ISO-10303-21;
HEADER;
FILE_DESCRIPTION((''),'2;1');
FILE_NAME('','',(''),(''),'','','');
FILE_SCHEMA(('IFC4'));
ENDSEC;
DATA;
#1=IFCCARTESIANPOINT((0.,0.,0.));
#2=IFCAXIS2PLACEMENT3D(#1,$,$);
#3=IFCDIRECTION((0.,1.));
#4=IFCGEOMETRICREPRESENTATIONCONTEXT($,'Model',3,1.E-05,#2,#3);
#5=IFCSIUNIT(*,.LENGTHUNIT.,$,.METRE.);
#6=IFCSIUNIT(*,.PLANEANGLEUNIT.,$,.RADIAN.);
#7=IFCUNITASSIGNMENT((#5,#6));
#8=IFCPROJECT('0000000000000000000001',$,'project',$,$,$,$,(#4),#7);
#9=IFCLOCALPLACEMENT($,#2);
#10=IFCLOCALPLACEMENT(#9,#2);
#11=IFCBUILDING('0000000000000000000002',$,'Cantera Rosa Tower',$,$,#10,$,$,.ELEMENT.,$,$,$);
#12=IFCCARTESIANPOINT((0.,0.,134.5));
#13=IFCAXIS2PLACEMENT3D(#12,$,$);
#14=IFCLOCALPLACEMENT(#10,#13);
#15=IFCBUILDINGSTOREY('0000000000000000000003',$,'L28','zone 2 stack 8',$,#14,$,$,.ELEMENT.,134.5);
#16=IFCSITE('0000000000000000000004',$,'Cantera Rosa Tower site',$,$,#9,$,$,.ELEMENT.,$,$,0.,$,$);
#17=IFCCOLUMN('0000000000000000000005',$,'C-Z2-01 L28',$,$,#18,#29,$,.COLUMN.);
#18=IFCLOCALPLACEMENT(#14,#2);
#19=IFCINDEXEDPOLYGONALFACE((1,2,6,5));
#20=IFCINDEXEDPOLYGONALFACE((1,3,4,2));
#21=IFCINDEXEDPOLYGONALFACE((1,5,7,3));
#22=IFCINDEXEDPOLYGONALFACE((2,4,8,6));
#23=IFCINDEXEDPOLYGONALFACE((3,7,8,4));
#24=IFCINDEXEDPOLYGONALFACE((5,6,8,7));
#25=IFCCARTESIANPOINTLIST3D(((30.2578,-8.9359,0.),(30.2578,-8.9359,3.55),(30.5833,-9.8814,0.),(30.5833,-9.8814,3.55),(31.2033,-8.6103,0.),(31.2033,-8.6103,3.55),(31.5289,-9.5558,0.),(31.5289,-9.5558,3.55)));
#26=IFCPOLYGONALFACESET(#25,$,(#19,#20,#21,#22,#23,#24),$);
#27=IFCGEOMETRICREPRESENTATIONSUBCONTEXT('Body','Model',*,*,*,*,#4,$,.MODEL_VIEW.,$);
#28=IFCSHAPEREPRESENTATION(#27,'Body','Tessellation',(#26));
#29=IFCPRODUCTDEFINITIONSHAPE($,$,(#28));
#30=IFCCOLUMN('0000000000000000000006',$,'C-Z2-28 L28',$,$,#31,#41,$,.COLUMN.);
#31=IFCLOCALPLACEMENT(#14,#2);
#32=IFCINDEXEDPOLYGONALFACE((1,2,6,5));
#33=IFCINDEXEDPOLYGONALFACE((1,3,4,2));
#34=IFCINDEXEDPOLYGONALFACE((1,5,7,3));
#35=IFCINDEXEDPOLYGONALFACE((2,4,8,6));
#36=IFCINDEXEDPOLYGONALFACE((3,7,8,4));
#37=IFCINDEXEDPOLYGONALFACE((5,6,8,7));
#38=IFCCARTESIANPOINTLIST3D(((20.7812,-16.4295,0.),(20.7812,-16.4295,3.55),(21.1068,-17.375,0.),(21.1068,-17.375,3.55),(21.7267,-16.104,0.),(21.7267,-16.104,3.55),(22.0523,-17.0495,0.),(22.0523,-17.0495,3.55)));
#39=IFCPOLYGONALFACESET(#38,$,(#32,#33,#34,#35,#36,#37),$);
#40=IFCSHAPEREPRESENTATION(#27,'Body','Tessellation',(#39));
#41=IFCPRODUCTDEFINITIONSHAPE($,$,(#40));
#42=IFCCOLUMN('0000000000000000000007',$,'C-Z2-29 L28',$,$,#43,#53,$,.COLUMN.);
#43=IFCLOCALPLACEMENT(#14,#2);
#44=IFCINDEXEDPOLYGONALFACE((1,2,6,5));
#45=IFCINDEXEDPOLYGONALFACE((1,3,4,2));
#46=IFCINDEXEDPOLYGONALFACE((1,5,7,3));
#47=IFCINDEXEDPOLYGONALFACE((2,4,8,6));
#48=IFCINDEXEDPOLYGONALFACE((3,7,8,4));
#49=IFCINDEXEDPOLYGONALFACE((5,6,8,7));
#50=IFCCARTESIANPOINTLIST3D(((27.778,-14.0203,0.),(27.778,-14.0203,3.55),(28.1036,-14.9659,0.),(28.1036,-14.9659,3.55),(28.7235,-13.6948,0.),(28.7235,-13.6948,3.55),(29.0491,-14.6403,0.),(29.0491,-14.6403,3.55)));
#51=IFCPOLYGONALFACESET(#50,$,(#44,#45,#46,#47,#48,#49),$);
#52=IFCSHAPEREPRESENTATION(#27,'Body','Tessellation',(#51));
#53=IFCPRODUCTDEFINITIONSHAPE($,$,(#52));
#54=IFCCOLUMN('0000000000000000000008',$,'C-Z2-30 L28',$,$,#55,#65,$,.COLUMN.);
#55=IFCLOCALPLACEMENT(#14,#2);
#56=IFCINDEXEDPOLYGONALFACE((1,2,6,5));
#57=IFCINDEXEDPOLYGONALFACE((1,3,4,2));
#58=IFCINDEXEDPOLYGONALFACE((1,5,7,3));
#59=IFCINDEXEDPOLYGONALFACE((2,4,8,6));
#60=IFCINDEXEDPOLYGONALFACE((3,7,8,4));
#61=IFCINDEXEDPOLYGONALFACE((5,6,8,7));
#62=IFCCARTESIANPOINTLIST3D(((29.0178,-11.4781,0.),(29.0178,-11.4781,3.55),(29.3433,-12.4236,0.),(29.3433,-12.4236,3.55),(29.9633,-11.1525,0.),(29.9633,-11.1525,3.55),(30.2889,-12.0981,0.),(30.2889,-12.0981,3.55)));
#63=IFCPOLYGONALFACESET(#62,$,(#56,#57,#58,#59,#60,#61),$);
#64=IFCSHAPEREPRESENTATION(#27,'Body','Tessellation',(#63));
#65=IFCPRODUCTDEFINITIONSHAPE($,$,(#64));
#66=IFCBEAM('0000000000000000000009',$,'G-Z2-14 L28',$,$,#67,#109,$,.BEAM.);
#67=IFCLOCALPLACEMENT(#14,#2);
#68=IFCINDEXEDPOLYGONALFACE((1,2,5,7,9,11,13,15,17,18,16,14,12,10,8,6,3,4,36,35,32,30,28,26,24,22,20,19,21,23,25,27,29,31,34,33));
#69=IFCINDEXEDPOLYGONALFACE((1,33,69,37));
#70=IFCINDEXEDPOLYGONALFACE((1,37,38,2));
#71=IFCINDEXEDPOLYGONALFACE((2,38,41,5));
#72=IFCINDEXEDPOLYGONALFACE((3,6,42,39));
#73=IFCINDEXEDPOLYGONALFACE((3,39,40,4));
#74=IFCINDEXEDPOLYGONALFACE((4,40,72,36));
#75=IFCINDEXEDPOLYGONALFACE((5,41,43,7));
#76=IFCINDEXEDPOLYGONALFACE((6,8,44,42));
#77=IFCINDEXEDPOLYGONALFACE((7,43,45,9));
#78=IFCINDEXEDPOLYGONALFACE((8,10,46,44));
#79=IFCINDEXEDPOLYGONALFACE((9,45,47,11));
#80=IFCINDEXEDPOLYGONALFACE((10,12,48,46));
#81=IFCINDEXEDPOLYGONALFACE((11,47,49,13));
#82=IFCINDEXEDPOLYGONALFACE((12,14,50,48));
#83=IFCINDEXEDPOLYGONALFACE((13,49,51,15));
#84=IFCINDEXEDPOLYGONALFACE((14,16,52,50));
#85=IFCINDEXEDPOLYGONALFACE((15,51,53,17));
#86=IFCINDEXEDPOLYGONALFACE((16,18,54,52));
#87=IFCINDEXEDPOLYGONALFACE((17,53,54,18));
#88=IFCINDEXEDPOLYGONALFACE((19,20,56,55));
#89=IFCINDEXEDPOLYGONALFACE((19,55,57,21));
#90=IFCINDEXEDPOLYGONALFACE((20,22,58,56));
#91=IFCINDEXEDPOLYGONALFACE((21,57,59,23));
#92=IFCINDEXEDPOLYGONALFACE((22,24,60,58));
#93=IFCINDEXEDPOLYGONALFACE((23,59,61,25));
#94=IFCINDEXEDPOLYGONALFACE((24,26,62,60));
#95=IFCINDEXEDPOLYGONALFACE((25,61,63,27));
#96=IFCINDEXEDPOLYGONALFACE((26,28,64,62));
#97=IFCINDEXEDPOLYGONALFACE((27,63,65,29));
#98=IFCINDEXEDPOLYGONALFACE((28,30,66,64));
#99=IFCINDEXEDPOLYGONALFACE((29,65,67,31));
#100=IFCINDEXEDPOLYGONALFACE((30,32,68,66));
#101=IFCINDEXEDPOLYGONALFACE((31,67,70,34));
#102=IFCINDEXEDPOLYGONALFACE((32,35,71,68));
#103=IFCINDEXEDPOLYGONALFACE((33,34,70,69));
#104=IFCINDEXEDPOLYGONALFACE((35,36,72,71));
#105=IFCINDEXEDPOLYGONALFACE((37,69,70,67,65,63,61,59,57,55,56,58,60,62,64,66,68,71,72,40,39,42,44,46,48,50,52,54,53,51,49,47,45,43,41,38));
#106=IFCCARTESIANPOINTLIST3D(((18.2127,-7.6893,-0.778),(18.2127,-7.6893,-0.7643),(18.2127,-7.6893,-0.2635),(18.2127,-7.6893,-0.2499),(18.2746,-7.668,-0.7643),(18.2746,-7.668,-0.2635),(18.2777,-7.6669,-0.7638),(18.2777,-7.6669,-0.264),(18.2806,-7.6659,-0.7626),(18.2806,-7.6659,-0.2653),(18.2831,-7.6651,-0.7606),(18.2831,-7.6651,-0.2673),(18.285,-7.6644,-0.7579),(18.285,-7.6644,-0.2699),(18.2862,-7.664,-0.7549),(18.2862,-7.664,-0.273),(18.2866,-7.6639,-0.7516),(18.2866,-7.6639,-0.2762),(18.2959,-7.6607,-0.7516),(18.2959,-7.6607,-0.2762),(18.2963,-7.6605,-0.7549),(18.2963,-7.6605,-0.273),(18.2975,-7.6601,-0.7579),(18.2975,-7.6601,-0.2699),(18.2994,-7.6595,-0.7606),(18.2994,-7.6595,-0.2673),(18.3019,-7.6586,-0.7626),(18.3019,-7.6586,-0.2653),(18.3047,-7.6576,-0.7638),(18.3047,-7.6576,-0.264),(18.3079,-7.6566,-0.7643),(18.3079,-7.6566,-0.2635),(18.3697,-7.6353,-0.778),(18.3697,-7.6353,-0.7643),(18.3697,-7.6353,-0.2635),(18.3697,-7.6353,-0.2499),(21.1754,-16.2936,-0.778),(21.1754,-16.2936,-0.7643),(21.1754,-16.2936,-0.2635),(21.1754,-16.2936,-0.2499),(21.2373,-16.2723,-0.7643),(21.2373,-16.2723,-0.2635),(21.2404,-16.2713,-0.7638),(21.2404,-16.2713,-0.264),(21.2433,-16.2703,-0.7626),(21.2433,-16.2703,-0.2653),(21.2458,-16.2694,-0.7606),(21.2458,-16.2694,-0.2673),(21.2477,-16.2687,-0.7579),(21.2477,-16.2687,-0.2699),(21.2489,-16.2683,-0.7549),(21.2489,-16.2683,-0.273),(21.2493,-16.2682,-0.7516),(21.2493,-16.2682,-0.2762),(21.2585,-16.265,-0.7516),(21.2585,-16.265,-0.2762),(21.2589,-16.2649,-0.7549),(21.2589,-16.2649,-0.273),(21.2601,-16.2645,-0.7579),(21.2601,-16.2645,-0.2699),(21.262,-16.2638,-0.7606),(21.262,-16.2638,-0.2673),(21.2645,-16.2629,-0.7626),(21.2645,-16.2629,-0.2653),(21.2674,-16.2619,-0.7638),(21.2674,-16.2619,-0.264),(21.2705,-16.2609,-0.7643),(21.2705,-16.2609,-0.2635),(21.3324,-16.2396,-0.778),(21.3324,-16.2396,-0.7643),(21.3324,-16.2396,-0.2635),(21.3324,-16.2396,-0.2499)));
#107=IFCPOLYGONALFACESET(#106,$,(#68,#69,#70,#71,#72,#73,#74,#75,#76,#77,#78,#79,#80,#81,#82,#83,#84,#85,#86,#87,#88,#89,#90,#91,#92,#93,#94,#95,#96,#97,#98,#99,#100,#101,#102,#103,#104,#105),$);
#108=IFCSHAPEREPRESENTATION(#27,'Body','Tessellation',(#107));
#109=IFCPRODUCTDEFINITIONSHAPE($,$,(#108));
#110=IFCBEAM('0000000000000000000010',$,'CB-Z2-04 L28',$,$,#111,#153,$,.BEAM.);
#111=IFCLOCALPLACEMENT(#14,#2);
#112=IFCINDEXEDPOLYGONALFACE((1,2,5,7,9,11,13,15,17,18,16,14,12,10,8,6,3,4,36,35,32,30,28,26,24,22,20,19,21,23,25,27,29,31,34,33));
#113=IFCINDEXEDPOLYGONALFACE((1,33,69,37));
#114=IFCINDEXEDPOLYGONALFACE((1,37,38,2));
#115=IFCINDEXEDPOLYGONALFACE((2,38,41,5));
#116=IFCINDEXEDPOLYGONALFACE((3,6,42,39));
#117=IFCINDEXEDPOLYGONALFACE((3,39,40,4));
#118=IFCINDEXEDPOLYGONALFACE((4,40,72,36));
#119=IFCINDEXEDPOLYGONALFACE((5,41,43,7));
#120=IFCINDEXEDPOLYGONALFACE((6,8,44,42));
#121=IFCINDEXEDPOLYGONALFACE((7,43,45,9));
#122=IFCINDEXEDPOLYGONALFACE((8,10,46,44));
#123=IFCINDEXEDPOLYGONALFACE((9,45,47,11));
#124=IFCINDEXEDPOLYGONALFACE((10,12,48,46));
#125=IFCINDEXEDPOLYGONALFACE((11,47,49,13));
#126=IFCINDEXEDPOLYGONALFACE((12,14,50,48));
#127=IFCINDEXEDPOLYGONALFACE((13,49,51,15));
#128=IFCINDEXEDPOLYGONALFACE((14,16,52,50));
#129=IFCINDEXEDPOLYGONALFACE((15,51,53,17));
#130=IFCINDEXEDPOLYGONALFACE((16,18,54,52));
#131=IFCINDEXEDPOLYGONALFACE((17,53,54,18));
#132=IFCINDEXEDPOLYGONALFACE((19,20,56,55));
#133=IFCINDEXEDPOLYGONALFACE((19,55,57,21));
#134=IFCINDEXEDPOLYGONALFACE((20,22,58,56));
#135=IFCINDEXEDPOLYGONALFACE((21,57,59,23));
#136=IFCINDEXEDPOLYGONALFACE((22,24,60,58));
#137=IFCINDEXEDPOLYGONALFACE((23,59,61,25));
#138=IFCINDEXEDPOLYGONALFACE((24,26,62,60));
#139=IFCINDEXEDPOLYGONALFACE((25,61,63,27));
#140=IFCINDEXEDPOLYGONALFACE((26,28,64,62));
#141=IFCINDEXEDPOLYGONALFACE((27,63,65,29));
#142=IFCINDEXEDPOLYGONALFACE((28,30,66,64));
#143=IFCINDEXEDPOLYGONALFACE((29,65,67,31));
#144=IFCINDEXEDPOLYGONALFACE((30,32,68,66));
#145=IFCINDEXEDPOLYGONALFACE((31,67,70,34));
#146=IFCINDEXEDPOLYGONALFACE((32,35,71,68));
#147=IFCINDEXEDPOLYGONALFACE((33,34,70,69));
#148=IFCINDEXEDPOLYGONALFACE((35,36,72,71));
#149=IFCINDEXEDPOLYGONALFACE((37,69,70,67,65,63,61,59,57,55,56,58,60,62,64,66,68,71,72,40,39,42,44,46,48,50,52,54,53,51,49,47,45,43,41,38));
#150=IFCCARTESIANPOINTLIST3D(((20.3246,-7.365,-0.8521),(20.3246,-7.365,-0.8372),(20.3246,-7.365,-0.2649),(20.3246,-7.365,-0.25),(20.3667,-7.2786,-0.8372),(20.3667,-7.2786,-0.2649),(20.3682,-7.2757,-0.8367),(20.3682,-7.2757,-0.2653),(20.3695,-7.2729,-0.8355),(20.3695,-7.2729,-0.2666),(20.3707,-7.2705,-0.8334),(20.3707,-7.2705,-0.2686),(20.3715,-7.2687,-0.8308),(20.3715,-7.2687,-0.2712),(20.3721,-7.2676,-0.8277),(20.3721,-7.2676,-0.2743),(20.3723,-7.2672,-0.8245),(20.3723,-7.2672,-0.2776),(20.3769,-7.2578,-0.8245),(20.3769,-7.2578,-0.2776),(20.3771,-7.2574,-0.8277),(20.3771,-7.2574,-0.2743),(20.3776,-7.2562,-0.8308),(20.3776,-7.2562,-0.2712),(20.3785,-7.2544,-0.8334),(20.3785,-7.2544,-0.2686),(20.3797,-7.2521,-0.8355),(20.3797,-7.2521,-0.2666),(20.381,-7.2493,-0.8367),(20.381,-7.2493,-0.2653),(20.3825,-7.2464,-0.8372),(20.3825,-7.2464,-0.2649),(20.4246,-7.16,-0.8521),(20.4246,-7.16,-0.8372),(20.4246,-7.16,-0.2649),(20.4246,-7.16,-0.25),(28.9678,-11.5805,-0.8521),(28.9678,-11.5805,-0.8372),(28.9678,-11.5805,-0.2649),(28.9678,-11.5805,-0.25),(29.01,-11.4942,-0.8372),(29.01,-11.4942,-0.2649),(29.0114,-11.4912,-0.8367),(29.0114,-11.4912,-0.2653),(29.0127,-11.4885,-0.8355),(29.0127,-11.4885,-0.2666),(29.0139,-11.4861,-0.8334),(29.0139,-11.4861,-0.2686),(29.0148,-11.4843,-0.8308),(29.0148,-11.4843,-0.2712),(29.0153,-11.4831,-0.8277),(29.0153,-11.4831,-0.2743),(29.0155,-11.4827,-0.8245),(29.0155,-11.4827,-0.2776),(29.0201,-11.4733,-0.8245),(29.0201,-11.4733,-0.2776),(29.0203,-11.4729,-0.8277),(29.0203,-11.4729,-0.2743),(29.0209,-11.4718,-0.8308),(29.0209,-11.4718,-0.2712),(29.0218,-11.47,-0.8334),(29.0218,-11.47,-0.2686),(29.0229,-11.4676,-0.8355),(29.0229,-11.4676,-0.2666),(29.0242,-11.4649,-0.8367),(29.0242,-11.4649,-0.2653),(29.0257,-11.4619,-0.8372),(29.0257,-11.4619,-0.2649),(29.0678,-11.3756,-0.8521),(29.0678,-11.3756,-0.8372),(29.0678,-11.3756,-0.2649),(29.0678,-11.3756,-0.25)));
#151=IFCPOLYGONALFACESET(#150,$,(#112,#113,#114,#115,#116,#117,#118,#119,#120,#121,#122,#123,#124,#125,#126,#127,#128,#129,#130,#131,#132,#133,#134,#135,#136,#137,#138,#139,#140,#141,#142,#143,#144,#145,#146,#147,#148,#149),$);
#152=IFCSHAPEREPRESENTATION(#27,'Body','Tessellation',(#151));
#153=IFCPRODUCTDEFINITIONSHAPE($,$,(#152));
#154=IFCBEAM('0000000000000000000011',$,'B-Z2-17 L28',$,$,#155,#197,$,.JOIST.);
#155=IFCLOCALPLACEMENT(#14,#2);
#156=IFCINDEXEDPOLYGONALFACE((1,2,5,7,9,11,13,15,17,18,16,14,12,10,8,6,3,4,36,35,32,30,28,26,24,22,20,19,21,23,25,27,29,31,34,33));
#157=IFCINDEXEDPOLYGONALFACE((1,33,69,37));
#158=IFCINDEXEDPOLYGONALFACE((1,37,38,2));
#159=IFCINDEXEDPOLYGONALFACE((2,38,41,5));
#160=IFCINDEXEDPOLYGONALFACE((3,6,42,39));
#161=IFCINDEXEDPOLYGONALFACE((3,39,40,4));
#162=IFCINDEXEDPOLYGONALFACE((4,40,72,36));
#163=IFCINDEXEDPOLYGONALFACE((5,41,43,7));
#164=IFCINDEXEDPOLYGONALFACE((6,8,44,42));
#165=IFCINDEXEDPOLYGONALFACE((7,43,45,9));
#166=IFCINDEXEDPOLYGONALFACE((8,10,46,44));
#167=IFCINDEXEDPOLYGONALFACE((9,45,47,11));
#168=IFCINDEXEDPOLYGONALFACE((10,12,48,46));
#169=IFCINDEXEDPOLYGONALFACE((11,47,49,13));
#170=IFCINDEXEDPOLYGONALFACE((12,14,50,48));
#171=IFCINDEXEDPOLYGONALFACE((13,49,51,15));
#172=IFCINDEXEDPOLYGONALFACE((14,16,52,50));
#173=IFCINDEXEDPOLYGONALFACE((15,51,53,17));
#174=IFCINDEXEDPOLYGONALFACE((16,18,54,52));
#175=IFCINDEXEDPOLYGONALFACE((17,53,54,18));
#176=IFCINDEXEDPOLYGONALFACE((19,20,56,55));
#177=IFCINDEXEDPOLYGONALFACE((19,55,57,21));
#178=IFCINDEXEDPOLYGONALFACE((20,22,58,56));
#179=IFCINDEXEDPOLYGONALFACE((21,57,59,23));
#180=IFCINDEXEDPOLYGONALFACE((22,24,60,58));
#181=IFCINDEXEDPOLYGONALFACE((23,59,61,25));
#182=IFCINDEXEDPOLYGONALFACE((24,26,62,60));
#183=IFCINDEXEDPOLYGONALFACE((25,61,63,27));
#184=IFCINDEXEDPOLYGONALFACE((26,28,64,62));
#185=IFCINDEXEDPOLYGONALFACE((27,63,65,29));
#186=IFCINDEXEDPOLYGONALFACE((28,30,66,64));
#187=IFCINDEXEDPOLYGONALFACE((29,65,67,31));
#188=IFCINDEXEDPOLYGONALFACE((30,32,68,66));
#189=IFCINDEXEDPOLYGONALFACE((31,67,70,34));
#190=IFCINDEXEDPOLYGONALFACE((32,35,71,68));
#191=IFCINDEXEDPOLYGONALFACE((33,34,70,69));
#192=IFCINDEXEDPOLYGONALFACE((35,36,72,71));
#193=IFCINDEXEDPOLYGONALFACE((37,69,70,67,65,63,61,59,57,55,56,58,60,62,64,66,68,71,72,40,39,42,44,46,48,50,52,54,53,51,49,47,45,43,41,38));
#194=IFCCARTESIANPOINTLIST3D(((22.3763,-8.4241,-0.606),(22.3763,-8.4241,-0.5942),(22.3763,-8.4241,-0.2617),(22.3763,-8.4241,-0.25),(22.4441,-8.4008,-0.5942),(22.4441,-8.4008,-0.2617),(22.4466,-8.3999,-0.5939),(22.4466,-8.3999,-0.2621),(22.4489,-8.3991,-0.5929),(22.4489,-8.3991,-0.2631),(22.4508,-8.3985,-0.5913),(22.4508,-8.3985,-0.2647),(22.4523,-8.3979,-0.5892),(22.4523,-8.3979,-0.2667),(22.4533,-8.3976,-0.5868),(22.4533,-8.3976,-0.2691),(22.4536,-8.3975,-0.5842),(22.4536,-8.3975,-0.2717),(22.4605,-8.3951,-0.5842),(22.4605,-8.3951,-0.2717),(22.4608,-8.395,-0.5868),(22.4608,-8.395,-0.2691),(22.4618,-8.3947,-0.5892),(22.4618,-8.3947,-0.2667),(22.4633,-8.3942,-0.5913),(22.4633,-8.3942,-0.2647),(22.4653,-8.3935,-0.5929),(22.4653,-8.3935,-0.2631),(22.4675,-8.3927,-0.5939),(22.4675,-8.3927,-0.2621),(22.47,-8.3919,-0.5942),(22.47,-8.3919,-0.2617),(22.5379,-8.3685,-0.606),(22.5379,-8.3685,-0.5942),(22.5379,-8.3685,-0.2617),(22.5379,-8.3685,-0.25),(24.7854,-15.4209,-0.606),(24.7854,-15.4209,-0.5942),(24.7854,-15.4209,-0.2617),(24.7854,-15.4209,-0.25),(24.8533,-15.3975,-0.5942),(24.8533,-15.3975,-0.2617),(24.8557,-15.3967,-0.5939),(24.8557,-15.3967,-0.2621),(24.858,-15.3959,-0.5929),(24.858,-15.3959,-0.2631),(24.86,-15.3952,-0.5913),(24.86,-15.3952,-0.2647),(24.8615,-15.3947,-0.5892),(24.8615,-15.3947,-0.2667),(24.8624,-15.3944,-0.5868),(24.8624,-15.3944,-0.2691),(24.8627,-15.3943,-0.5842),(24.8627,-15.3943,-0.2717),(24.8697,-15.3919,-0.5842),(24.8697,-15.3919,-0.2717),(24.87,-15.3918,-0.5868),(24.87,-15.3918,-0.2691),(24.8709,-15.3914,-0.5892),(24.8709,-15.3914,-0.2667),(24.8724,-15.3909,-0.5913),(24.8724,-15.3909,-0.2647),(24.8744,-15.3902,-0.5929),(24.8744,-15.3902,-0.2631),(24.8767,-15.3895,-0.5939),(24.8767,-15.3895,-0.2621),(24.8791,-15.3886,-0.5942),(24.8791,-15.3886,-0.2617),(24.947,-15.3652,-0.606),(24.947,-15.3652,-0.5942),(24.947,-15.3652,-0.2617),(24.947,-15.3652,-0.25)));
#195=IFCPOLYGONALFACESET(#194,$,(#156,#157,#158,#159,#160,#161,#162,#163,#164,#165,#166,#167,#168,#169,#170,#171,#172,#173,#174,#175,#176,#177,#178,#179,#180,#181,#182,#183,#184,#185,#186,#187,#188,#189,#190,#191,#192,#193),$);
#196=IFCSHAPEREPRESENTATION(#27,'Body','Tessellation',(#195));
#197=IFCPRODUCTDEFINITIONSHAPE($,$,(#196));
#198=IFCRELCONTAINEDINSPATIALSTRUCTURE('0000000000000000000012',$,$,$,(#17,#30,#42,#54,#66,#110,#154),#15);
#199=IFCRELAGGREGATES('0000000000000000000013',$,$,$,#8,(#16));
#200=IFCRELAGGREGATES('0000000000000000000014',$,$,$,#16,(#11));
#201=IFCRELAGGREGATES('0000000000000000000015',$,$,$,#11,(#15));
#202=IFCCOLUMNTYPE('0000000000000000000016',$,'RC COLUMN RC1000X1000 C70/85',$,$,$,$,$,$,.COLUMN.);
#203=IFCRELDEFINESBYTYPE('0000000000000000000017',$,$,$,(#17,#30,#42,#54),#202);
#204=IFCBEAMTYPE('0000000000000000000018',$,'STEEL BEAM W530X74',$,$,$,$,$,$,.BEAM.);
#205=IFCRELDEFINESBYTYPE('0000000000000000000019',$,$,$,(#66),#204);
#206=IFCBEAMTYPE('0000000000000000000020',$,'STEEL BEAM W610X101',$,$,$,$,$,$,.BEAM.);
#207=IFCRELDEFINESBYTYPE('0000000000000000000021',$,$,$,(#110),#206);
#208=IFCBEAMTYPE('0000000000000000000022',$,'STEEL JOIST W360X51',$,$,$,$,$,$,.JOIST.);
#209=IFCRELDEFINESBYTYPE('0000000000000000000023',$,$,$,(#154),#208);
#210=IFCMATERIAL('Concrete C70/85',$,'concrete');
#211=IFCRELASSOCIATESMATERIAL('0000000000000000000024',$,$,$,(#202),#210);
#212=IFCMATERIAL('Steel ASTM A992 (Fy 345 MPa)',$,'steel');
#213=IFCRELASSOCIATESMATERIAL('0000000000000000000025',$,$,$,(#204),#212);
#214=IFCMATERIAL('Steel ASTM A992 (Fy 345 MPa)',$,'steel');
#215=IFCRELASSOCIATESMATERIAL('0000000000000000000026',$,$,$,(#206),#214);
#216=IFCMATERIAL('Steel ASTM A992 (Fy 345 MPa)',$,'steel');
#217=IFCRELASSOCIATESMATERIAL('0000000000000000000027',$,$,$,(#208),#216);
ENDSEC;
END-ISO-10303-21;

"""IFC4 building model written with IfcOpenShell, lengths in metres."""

from ifc_helpers import new_model, si_unit, direction, frame, origin, origin_2d, place, context, subcontext, project, spatial, rectangle, i_section, extrude, material, material_profile, profile_set, type_object, element, save


model = new_model("IFC4")

# Units and contexts
model_context = context("Model", 3, precision=1e-05, world=origin(), true_north=direction((0.0, 1.0)))
body_context = subcontext(model_context, "Body", "Model", "MODEL_VIEW")
ifc_project = project(units=[si_unit("LENGTHUNIT", "METRE"), si_unit("PLANEANGLEUNIT", "RADIAN")], contexts=[model_context])

# Site, building, storey
site_placement = place(None, origin())
site = spatial("IfcSite", under=ifc_project, at=site_placement, Name="Cantera Rosa Tower site", CompositionType="ELEMENT", RefElevation=0.0)
building_placement = place(site_placement, origin())
building = spatial("IfcBuilding", under=site, at=building_placement, Name="Cantera Rosa Tower", CompositionType="ELEMENT")
storey_placement = place(building_placement, frame((0.0, 0.0, 134.5)))
storey = spatial("IfcBuildingStorey", under=building, at=storey_placement, Name="L28", Description="zone 2 stack 8", CompositionType="ELEMENT", Elevation=134.5)

# Columns
ifc_material_1 = material(Name="Concrete C70/85", Category="concrete")
ifc_material_profile_1 = material_profile(ifc_material_1, rectangle(XDim=1.0, YDim=1.0, at=origin_2d()), Name="RC COLUMN RC1000X1000 C70/85")
ifc_profile_set_1 = profile_set([ifc_material_profile_1], Name="Concrete C70/85")
column_type = type_object("IfcColumnType", Name="RC COLUMN RC1000X1000 C70/85", PredefinedType="COLUMN", material=ifc_profile_set_1)
for number, where, z_axis, x_axis, name in (
    (1, (30.8933, -9.2458, 0.0), (0.0, 0.0, 1.0), (0.945519, 0.325568, 0.0), "C-Z2-01 L28"),
    (2, (21.4167, -16.7395, 0.0), (0.0, 0.0, 1.0), (0.945519, 0.325568, 0.0), "C-Z2-28 L28"),
    (3, (28.4136, -14.3303, 0.0), (0.0, 0.0, 1.0), (0.945519, 0.325568, 0.0), "C-Z2-29 L28"),
    (4, (29.6533, -11.7881, 0.0), (0.0, 0.0, 1.0), (0.945519, 0.325568, 0.0), "C-Z2-30 L28"),
):
    element("IfcColumn", number, at=place(storey_placement, frame(where, z_axis=z_axis, x_axis=x_axis)), inside=storey, type_object=column_type, Name=name, PredefinedType="COLUMN", context=body_context, shape_type="SweptSolid", body=[
        extrude(rectangle(XDim=1.0, YDim=1.0, at=origin_2d()), origin(), (0.0, 0.0, 1.0), 3.55),
    ])

# Beams
ifc_material_2 = material(Name="Steel ASTM A992 (Fy 345 MPa)", Category="steel")
ifc_material_profile_2 = material_profile(ifc_material_2, i_section(OverallWidth=0.166, OverallDepth=0.5281, WebThickness=0.0098, FlangeThickness=0.0137, FilletRadius=0.0127, at=origin_2d()), Name="W530X74")
ifc_profile_set_2 = profile_set([ifc_material_profile_2], Name="Steel ASTM A992 (Fy 345 MPa)")
beam_type_1 = type_object("IfcBeamType", Name="STEEL BEAM W530X74", PredefinedType="BEAM", material=ifc_profile_set_2)
beam_1_placement = place(storey_placement, frame((21.2539, -16.2666, -0.5139), z_axis=(-0.325565, 0.94552, 0.0), x_axis=(-0.94552, -0.325565, 0.0)))
element("IfcBeam", 5, at=beam_1_placement, inside=storey, type_object=beam_type_1, Name="G-Z2-14 L28", PredefinedType="BEAM", context=body_context, shape_type="SweptSolid", body=[
    extrude(i_section(OverallWidth=0.166, OverallDepth=0.5281, WebThickness=0.0098, FlangeThickness=0.0137, FilletRadius=0.0127, at=origin_2d()), origin(), (0.0, 0.0, 1.0), 9.1001),
])
ifc_material_3 = material(Name="Steel ASTM A992 (Fy 345 MPa)", Category="steel")
ifc_material_profile_3 = material_profile(ifc_material_3, i_section(OverallWidth=0.228, OverallDepth=0.6021, WebThickness=0.0105, FlangeThickness=0.0149, FilletRadius=0.0127, at=origin_2d()), Name="W610X101")
ifc_profile_set_3 = profile_set([ifc_material_profile_3], Name="Steel ASTM A992 (Fy 345 MPa)")
beam_type_2 = type_object("IfcBeamType", Name="STEEL BEAM W610X101", PredefinedType="BEAM", material=ifc_profile_set_3)
beam_2_placement = place(storey_placement, frame((29.0178, -11.478, -0.551), z_axis=(-0.898796, 0.438367, 0.0), x_axis=(-0.438367, -0.898796, 0.0)))
element("IfcBeam", 6, at=beam_2_placement, inside=storey, type_object=beam_type_2, Name="CB-Z2-04 L28", PredefinedType="BEAM", context=body_context, shape_type="SweptSolid", body=[
    extrude(i_section(OverallWidth=0.228, OverallDepth=0.6021, WebThickness=0.0105, FlangeThickness=0.0149, FilletRadius=0.0127, at=origin_2d()), origin(), (0.0, 0.0, 1.0), 9.6165),
])
ifc_material_4 = material(Name="Steel ASTM A992 (Fy 345 MPa)", Category="steel")
ifc_material_profile_4 = material_profile(ifc_material_4, i_section(OverallWidth=0.1709, OverallDepth=0.356, WebThickness=0.0073, FlangeThickness=0.0117, FilletRadius=0.01, at=origin_2d()), Name="W360X51")
ifc_profile_set_4 = profile_set([ifc_material_profile_4], Name="Steel ASTM A992 (Fy 345 MPa)")
beam_type_3 = type_object("IfcBeamType", Name="STEEL JOIST W360X51", PredefinedType="JOIST", material=ifc_profile_set_4)
beam_3_placement = place(storey_placement, frame((24.8662, -15.3931, -0.428), z_axis=(-0.325566, 0.945519, 0.0), x_axis=(-0.945519, -0.325566, 0.0)))
element("IfcBeam", 7, at=beam_3_placement, inside=storey, type_object=beam_type_3, Name="B-Z2-17 L28", PredefinedType="JOIST", context=body_context, shape_type="SweptSolid", body=[
    extrude(i_section(OverallWidth=0.1709, OverallDepth=0.356, WebThickness=0.0073, FlangeThickness=0.0117, FilletRadius=0.01, at=origin_2d()), origin(), (0.0, 0.0, 1.0), 7.3999),
])

save(model, "model.ifc")
